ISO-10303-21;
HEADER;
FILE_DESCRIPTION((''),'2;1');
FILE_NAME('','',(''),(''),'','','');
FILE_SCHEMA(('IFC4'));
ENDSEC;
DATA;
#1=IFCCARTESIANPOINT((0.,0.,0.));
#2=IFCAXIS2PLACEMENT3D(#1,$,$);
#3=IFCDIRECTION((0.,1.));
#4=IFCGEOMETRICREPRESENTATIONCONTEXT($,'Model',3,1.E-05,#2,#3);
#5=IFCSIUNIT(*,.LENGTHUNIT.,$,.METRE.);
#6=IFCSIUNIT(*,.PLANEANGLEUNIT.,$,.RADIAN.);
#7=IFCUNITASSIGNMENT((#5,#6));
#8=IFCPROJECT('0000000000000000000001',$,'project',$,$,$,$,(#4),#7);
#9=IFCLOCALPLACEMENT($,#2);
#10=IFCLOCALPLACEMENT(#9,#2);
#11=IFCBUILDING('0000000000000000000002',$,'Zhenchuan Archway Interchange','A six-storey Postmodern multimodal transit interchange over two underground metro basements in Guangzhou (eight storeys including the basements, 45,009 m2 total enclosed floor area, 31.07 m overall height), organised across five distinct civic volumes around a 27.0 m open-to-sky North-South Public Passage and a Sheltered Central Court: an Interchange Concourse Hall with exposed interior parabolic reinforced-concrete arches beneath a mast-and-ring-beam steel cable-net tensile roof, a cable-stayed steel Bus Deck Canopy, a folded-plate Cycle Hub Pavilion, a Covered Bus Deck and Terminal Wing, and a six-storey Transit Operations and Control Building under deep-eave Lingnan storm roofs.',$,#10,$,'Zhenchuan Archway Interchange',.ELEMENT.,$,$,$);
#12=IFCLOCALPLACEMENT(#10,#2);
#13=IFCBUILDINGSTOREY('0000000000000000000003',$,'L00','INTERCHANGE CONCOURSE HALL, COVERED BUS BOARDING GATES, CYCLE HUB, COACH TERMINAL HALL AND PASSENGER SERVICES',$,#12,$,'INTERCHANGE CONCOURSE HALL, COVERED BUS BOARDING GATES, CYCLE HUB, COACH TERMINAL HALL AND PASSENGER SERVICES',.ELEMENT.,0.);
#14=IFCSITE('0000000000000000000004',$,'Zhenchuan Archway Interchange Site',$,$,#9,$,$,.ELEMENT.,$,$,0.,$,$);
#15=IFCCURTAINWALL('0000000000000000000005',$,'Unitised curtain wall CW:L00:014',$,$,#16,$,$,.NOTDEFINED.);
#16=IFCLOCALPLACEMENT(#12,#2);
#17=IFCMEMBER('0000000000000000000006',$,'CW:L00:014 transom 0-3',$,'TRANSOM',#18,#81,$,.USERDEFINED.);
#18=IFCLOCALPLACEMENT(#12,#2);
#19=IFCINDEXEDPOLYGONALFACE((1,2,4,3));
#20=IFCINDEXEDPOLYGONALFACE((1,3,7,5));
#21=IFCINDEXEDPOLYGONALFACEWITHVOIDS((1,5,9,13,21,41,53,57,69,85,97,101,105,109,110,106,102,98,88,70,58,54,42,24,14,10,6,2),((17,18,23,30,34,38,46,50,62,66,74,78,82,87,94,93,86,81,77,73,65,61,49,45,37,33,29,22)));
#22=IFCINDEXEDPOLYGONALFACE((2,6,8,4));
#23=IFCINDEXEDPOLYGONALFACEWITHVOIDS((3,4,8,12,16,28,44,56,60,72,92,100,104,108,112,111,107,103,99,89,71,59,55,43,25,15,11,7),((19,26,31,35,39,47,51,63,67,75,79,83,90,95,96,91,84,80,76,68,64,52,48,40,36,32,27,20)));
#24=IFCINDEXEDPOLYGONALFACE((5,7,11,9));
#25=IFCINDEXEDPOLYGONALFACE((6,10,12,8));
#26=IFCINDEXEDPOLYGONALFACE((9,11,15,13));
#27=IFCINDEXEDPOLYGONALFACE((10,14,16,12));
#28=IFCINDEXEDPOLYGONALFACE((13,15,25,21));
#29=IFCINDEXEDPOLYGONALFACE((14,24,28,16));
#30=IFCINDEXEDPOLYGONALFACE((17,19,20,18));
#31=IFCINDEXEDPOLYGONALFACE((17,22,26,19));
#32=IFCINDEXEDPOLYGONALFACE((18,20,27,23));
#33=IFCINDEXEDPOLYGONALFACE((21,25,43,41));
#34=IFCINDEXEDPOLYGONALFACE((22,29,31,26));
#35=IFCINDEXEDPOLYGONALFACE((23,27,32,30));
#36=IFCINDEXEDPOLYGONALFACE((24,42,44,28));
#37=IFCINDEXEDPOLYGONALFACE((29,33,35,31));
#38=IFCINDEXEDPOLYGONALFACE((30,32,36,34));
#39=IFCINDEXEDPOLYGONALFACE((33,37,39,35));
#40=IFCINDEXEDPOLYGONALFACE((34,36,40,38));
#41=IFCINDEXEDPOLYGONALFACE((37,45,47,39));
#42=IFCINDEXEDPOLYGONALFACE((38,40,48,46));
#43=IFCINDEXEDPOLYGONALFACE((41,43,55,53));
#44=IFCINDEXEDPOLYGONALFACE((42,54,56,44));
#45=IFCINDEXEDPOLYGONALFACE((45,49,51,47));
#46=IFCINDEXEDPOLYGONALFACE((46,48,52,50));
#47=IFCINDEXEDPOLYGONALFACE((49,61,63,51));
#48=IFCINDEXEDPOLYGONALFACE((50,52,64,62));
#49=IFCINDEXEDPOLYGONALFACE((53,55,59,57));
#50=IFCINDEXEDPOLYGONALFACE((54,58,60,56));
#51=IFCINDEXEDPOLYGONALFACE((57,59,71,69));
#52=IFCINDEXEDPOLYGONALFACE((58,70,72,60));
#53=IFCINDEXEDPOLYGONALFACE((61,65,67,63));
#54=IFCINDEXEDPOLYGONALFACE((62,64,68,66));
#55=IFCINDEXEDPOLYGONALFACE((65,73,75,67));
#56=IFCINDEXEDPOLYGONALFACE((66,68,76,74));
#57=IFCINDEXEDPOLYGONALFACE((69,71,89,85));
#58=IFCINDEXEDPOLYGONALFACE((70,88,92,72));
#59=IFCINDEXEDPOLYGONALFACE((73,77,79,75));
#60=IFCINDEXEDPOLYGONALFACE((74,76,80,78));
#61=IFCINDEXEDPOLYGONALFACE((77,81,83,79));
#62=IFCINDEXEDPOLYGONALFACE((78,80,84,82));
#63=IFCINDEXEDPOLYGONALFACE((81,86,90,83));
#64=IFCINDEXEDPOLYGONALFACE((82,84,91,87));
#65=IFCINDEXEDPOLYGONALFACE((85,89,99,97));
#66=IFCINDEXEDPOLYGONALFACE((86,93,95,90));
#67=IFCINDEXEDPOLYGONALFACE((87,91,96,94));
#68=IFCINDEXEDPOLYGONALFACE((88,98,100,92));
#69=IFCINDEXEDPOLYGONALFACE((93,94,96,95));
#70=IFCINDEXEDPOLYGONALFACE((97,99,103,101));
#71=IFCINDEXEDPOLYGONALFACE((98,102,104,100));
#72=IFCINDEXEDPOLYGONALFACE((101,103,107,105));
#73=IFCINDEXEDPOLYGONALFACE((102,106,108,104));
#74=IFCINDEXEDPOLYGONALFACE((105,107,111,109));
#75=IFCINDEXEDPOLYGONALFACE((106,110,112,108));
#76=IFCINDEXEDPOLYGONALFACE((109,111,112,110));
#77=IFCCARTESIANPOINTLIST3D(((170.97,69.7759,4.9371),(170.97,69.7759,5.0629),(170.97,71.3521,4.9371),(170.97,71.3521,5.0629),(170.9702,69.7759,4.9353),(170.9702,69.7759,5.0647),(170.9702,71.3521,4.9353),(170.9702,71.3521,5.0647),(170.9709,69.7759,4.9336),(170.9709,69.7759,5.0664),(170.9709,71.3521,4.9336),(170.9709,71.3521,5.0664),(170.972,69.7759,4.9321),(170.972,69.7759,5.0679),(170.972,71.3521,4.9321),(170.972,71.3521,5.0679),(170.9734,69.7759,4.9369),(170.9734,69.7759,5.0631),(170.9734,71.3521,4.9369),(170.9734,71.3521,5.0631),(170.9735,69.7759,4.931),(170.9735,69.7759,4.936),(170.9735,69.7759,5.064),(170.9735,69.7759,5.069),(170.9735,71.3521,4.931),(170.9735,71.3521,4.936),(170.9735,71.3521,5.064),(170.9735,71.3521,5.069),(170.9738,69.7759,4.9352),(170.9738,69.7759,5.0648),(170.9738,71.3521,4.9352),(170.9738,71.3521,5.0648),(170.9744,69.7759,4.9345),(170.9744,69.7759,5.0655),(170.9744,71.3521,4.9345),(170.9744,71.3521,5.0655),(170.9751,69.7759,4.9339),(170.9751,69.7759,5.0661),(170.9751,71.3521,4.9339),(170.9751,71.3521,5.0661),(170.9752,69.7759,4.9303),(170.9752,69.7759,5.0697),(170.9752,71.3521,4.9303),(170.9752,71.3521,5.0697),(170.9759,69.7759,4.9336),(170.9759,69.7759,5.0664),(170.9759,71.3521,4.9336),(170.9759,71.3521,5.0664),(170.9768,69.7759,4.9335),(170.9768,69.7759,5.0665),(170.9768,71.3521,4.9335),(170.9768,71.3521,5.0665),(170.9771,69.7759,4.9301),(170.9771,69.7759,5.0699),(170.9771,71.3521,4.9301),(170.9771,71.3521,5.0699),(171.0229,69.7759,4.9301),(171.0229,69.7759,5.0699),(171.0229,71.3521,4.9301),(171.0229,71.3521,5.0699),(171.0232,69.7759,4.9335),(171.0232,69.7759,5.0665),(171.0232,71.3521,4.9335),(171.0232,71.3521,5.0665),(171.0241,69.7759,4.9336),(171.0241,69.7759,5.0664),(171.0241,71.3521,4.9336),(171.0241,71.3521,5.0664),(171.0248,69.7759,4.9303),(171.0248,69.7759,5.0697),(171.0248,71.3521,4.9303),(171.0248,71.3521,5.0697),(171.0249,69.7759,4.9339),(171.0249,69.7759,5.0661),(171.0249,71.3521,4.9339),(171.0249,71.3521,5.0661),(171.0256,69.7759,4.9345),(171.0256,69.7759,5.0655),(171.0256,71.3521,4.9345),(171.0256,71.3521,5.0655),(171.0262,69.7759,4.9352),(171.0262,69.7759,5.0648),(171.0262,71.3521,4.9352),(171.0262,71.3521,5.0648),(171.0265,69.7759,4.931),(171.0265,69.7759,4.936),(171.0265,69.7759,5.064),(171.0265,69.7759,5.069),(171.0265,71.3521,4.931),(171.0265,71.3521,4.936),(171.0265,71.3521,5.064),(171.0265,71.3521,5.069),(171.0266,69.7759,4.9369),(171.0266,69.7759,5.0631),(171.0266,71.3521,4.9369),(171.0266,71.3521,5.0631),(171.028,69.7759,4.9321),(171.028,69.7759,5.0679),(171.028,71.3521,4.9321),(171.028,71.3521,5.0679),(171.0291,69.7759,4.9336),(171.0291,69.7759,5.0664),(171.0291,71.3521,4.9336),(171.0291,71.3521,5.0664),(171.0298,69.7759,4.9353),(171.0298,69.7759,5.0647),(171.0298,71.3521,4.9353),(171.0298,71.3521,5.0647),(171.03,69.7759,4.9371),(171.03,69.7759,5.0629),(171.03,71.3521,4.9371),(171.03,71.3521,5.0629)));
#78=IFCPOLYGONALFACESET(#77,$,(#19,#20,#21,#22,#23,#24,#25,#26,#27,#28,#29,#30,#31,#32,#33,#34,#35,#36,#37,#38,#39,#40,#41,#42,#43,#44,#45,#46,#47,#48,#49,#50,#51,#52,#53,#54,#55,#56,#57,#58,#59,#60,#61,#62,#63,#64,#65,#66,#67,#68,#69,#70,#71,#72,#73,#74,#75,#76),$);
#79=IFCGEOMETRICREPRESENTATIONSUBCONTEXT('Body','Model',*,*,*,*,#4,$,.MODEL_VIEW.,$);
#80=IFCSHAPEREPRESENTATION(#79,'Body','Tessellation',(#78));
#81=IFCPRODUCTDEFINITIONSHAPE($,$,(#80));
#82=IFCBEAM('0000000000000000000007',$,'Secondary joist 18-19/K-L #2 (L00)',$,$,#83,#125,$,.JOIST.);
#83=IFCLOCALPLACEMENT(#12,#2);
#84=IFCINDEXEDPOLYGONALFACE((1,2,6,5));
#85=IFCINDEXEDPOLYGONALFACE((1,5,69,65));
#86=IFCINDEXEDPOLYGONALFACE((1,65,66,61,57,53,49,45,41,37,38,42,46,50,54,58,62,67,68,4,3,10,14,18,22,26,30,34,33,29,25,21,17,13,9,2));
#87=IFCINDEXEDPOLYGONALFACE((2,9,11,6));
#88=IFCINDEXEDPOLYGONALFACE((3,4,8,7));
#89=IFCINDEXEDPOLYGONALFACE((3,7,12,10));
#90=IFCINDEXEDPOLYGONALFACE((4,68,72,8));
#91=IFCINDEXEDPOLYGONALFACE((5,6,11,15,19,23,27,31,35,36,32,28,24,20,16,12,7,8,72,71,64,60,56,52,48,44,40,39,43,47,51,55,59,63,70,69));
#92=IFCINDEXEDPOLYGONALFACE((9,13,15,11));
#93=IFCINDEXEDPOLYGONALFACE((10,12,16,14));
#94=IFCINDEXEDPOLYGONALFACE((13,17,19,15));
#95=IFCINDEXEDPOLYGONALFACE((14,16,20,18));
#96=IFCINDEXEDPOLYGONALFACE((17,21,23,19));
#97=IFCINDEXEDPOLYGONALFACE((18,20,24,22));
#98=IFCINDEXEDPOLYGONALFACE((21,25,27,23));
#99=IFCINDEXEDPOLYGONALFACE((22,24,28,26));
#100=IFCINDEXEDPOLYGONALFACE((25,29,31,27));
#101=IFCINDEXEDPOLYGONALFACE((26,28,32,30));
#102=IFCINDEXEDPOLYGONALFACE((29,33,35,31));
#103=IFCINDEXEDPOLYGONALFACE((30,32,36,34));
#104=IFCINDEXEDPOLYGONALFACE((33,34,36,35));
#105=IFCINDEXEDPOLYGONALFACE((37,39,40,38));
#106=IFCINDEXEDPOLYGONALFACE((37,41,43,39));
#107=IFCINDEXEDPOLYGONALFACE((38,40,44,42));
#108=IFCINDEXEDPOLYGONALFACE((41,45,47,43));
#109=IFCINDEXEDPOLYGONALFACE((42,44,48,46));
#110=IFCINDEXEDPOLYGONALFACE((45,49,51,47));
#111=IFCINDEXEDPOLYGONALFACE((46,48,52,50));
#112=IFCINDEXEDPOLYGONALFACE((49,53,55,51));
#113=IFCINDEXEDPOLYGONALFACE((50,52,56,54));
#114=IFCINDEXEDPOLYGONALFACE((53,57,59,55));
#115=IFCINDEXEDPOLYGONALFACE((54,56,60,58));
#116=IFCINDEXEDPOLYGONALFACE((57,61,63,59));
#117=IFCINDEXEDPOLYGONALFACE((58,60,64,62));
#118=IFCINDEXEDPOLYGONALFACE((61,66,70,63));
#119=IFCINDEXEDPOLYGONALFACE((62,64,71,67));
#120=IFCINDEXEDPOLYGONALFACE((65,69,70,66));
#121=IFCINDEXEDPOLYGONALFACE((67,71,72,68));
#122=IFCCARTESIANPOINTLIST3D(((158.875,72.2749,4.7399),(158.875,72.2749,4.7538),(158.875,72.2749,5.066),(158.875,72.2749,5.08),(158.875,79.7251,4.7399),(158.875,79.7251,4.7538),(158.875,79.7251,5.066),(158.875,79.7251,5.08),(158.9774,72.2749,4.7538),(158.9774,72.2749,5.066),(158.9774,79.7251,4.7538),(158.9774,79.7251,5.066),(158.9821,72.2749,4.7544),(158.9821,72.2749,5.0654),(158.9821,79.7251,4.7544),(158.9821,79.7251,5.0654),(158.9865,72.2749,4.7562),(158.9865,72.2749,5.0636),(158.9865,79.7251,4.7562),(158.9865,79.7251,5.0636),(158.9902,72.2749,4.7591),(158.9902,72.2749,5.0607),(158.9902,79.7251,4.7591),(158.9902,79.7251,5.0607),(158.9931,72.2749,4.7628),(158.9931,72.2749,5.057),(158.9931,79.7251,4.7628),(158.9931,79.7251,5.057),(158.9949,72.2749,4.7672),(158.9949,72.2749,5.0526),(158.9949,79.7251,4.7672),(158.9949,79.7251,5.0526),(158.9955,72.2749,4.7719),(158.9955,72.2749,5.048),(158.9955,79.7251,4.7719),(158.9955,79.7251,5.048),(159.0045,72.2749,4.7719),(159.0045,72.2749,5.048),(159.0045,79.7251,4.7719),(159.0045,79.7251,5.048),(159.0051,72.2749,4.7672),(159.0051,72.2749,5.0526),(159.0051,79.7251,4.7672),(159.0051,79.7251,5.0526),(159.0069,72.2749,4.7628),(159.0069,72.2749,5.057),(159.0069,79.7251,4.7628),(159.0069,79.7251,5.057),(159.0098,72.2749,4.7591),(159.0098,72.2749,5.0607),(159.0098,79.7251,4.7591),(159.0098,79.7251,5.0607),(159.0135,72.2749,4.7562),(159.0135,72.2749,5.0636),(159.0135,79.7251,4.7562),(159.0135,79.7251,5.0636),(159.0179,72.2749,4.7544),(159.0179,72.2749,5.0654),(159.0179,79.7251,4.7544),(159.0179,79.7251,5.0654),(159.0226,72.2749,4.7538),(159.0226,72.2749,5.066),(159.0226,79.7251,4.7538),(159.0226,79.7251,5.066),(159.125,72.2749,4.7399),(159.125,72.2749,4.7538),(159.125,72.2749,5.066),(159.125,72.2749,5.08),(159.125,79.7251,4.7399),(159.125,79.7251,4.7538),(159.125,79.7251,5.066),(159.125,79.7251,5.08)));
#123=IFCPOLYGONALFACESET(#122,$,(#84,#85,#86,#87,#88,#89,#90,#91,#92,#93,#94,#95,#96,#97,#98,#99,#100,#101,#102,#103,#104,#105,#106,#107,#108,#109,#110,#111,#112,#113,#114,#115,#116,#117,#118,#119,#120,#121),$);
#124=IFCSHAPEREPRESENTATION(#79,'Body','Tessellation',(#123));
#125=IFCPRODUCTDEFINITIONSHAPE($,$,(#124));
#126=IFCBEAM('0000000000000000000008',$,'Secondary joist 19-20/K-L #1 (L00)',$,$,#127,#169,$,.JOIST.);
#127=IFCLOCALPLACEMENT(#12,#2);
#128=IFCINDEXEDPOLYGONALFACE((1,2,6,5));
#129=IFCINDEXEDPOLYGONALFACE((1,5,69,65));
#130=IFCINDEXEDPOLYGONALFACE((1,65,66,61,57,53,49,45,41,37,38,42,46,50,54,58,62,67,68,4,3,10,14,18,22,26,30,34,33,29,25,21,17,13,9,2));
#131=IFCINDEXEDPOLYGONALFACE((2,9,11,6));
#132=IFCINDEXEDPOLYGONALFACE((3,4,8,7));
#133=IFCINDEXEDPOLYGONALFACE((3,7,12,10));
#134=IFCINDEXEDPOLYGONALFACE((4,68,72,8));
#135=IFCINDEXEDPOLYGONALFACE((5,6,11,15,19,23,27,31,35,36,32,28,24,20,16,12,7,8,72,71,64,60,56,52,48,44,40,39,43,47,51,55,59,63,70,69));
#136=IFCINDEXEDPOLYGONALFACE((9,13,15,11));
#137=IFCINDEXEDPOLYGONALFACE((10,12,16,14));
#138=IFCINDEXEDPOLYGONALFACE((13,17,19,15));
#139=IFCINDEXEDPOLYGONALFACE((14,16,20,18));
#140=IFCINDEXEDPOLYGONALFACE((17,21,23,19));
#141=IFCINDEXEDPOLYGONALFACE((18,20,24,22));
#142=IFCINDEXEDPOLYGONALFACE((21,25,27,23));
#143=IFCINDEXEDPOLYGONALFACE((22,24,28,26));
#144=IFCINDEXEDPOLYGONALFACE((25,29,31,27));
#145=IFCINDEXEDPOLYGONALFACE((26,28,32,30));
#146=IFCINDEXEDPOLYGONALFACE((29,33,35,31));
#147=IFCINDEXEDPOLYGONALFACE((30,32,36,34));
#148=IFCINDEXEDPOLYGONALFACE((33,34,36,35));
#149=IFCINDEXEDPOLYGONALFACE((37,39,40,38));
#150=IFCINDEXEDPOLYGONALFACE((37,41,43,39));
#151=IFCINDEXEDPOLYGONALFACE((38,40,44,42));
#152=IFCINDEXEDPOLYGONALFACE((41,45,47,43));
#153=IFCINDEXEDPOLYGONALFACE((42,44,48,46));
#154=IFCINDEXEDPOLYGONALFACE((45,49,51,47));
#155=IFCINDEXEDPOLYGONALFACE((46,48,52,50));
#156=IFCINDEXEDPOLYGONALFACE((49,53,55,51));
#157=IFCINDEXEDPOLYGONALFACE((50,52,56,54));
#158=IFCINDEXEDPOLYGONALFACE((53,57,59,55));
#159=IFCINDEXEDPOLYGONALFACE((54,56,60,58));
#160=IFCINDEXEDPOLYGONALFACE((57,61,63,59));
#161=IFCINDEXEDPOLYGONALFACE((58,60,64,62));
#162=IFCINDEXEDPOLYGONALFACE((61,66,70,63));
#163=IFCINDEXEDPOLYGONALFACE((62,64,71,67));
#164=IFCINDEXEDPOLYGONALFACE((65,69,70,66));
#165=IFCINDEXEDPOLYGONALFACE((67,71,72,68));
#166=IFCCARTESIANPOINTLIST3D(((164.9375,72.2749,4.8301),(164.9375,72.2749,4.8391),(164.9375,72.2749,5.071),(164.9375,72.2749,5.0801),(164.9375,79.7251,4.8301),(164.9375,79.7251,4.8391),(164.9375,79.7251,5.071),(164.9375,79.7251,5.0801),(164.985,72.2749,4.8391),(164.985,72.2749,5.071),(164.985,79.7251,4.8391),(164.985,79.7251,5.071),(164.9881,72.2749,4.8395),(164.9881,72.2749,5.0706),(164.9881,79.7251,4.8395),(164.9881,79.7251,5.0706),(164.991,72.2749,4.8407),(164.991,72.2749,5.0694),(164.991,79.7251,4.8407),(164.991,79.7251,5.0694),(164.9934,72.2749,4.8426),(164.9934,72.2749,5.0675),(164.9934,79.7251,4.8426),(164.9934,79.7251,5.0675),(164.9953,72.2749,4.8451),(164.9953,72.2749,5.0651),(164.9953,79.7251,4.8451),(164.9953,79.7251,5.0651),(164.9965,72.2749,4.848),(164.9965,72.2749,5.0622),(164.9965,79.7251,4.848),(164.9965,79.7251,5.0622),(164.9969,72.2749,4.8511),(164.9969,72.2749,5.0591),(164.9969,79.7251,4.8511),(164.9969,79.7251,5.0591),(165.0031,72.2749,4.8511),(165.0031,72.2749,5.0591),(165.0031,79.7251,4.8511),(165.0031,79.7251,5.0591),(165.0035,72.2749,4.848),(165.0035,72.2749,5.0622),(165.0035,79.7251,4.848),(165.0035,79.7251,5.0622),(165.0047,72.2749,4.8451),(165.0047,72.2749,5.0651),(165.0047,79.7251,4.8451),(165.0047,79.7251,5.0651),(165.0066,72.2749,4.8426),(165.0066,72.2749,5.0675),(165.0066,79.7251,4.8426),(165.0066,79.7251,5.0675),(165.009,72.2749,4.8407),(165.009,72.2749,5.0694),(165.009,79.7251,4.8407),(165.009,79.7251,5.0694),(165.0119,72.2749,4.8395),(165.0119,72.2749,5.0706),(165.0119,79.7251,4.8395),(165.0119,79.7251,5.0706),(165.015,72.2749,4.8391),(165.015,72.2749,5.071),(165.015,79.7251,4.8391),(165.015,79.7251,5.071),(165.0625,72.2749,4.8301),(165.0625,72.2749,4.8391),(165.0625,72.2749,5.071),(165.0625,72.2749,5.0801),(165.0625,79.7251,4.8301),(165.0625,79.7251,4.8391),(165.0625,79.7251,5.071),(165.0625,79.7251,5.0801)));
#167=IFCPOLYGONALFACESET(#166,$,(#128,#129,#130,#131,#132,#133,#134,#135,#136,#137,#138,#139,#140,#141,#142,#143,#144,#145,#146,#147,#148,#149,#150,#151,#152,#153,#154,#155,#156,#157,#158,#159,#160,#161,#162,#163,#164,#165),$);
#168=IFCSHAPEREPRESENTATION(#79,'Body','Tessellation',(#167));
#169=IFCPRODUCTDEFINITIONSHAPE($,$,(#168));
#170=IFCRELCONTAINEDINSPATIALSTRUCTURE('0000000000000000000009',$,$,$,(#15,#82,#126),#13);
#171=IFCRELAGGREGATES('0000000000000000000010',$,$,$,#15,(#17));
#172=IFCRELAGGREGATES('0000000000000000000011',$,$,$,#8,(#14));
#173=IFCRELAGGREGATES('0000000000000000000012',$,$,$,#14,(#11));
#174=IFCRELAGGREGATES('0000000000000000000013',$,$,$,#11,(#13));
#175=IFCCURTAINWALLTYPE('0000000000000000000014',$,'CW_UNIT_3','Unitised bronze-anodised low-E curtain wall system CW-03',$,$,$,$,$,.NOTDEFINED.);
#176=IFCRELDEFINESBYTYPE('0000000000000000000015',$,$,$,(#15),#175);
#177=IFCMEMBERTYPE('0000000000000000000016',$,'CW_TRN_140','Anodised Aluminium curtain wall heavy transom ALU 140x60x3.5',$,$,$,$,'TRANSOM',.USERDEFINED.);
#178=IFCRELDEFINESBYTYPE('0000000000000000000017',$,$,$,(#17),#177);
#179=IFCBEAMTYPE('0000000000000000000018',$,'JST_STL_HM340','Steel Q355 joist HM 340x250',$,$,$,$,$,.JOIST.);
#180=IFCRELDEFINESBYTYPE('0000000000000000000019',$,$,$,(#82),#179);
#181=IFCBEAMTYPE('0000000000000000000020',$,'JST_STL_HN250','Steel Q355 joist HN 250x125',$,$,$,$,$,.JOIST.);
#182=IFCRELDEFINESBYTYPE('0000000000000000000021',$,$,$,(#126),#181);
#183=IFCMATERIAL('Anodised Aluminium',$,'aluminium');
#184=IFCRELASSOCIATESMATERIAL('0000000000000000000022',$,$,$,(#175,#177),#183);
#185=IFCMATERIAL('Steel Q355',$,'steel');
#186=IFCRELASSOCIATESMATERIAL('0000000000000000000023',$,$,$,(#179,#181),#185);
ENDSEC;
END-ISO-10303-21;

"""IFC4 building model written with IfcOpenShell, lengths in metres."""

from ifc_helpers import new_model, si_unit, direction, frame, origin, origin_2d, place, context, subcontext, project, spatial, hollow_rectangle, i_section, extrude, material, material_profile, profile_set, type_object, element, aggregate, save


model = new_model("IFC4")

# Units and contexts
model_context = context("Model", 3, precision=1e-05, world=origin(), true_north=direction((0.0, 1.0)))
body_context = subcontext(model_context, "Body", "Model", "MODEL_VIEW")
ifc_project = project(units=[si_unit("LENGTHUNIT", "METRE"), si_unit("PLANEANGLEUNIT", "RADIAN")], contexts=[model_context])

# Site, building, storey
site_placement = place(None, origin())
site = spatial("IfcSite", under=ifc_project, at=site_placement, Name="Zhenchuan Archway Interchange Site", CompositionType="ELEMENT", RefElevation=0.0)
building_placement = place(site_placement, origin())
building = spatial("IfcBuilding", under=site, at=building_placement, Name="Zhenchuan Archway Interchange", Description="A six-storey Postmodern multimodal transit interchange over two underground metro basements in Guangzhou (eight storeys including the basements, 45,009 m2 total enclosed floor area, 31.07 m overall height), organised across five distinct civic volumes around a 27.0 m open-to-sky North-South Public Passage and a Sheltered Central Court: an Interchange Concourse Hall with exposed interior parabolic reinforced-concrete arches beneath a mast-and-ring-beam steel cable-net tensile roof, a cable-stayed steel Bus Deck Canopy, a folded-plate Cycle Hub Pavilion, a Covered Bus Deck and Terminal Wing, and a six-storey Transit Operations and Control Building under deep-eave Lingnan storm roofs.", LongName="Zhenchuan Archway Interchange", CompositionType="ELEMENT")
storey_placement = place(building_placement, origin())
storey = spatial("IfcBuildingStorey", under=building, at=storey_placement, Name="L00", Description="INTERCHANGE CONCOURSE HALL, COVERED BUS BOARDING GATES, CYCLE HUB, COACH TERMINAL HALL AND PASSENGER SERVICES", LongName="INTERCHANGE CONCOURSE HALL, COVERED BUS BOARDING GATES, CYCLE HUB, COACH TERMINAL HALL AND PASSENGER SERVICES", CompositionType="ELEMENT", Elevation=0.0)

# Curtain wall, member
ifc_material_1 = material(Name="Anodised Aluminium", Category="aluminium")
curtain_wall_type = type_object("IfcCurtainWallType", Name="CW_UNIT_3", Description="Unitised bronze-anodised low-E curtain wall system CW-03", PredefinedType="NOTDEFINED", material=ifc_material_1)
curtain_wall_placement = place(storey_placement, origin())
curtain_wall = element("IfcCurtainWall", 1, at=curtain_wall_placement, inside=storey, type_object=curtain_wall_type, Name="Unitised curtain wall CW:L00:014", PredefinedType="NOTDEFINED")
ifc_material_profile_1 = material_profile(ifc_material_1, hollow_rectangle(XDim=0.0601, YDim=0.1399, WallThickness=0.0034, InnerFilletRadius=0.0034, OuterFilletRadius=0.0071, at=origin_2d()), Name="ALU 140x60x3.5")
ifc_profile_set_1 = profile_set([ifc_material_profile_1], Name="Anodised Aluminium")
member_type_1 = type_object("IfcMemberType", Name="CW_TRN_140", Description="Anodised Aluminium curtain wall heavy transom ALU 140x60x3.5", ElementType="TRANSOM", PredefinedType="USERDEFINED", material=ifc_profile_set_1)
member_1_placement = place(storey_placement, frame((171.0, 71.3521, 5.0), z_axis=(0.0, -1.0, 0.0), x_axis=(1.0, 0.0, 0.0)))
member_1 = element("IfcMember", 2, at=member_1_placement, type_object=member_type_1, Name="CW:L00:014 transom 0-3", ObjectType="TRANSOM", PredefinedType="USERDEFINED", context=body_context, shape_type="SweptSolid", body=[
    extrude(hollow_rectangle(XDim=0.0601, YDim=0.1399, WallThickness=0.0034, InnerFilletRadius=0.0034, OuterFilletRadius=0.0071, at=origin_2d()), origin(), (0.0, 0.0, 1.0), 1.5762),
])
aggregate(curtain_wall, [member_1])

# Beams
ifc_material_2 = material(Name="Steel Q355", Category="steel")
ifc_material_profile_2 = material_profile(ifc_material_2, i_section(OverallWidth=0.25, OverallDepth=0.3401, WebThickness=0.009, FlangeThickness=0.0139, FilletRadius=0.0181, at=origin_2d()), Name="HM 340x250")
ifc_profile_set_2 = profile_set([ifc_material_profile_2], Name="Steel Q355")
beam_type_1 = type_object("IfcBeamType", Name="JST_STL_HM340", Description="Steel Q355 joist HM 340x250", PredefinedType="JOIST", material=ifc_profile_set_2)
beam_1_placement = place(storey_placement, frame((159.0, 72.2749, 4.9099), z_axis=(0.0, 1.0, 0.0), x_axis=(-1.0, 0.0, 0.0)))
element("IfcBeam", 3, at=beam_1_placement, inside=storey, type_object=beam_type_1, Name="Secondary joist 18-19/K-L #2 (L00)", PredefinedType="JOIST", context=body_context, shape_type="SweptSolid", body=[
    extrude(i_section(OverallWidth=0.25, OverallDepth=0.3401, WebThickness=0.009, FlangeThickness=0.0139, FilletRadius=0.0181, at=origin_2d()), origin(), (0.0, 0.0, 1.0), 7.4502),
])
ifc_material_profile_3 = material_profile(ifc_material_2, i_section(OverallWidth=0.125, OverallDepth=0.25, WebThickness=0.0061, FlangeThickness=0.009, FilletRadius=0.012, at=origin_2d()), Name="HN 250x125")
ifc_profile_set_3 = profile_set([ifc_material_profile_3], Name="Steel Q355")
beam_type_2 = type_object("IfcBeamType", Name="JST_STL_HN250", Description="Steel Q355 joist HN 250x125", PredefinedType="JOIST", material=ifc_profile_set_3)
for number, where, z_axis, x_axis, name in (
    (4, (165.0, 72.2749, 4.9551), (0.0, 1.0, 0.0), (-1.0, 0.0, 0.0), "Secondary joist 19-20/K-L #1 (L00)"),
):
    element("IfcBeam", number, at=place(storey_placement, frame(where, z_axis=z_axis, x_axis=x_axis)), inside=storey, type_object=beam_type_2, Name=name, PredefinedType="JOIST", context=body_context, shape_type="SweptSolid", body=[
        extrude(i_section(OverallWidth=0.125, OverallDepth=0.25, WebThickness=0.0061, FlangeThickness=0.009, FilletRadius=0.012, at=origin_2d()), origin(), (0.0, 0.0, 1.0), 7.4502),
    ])

save(model, "model.ifc")
